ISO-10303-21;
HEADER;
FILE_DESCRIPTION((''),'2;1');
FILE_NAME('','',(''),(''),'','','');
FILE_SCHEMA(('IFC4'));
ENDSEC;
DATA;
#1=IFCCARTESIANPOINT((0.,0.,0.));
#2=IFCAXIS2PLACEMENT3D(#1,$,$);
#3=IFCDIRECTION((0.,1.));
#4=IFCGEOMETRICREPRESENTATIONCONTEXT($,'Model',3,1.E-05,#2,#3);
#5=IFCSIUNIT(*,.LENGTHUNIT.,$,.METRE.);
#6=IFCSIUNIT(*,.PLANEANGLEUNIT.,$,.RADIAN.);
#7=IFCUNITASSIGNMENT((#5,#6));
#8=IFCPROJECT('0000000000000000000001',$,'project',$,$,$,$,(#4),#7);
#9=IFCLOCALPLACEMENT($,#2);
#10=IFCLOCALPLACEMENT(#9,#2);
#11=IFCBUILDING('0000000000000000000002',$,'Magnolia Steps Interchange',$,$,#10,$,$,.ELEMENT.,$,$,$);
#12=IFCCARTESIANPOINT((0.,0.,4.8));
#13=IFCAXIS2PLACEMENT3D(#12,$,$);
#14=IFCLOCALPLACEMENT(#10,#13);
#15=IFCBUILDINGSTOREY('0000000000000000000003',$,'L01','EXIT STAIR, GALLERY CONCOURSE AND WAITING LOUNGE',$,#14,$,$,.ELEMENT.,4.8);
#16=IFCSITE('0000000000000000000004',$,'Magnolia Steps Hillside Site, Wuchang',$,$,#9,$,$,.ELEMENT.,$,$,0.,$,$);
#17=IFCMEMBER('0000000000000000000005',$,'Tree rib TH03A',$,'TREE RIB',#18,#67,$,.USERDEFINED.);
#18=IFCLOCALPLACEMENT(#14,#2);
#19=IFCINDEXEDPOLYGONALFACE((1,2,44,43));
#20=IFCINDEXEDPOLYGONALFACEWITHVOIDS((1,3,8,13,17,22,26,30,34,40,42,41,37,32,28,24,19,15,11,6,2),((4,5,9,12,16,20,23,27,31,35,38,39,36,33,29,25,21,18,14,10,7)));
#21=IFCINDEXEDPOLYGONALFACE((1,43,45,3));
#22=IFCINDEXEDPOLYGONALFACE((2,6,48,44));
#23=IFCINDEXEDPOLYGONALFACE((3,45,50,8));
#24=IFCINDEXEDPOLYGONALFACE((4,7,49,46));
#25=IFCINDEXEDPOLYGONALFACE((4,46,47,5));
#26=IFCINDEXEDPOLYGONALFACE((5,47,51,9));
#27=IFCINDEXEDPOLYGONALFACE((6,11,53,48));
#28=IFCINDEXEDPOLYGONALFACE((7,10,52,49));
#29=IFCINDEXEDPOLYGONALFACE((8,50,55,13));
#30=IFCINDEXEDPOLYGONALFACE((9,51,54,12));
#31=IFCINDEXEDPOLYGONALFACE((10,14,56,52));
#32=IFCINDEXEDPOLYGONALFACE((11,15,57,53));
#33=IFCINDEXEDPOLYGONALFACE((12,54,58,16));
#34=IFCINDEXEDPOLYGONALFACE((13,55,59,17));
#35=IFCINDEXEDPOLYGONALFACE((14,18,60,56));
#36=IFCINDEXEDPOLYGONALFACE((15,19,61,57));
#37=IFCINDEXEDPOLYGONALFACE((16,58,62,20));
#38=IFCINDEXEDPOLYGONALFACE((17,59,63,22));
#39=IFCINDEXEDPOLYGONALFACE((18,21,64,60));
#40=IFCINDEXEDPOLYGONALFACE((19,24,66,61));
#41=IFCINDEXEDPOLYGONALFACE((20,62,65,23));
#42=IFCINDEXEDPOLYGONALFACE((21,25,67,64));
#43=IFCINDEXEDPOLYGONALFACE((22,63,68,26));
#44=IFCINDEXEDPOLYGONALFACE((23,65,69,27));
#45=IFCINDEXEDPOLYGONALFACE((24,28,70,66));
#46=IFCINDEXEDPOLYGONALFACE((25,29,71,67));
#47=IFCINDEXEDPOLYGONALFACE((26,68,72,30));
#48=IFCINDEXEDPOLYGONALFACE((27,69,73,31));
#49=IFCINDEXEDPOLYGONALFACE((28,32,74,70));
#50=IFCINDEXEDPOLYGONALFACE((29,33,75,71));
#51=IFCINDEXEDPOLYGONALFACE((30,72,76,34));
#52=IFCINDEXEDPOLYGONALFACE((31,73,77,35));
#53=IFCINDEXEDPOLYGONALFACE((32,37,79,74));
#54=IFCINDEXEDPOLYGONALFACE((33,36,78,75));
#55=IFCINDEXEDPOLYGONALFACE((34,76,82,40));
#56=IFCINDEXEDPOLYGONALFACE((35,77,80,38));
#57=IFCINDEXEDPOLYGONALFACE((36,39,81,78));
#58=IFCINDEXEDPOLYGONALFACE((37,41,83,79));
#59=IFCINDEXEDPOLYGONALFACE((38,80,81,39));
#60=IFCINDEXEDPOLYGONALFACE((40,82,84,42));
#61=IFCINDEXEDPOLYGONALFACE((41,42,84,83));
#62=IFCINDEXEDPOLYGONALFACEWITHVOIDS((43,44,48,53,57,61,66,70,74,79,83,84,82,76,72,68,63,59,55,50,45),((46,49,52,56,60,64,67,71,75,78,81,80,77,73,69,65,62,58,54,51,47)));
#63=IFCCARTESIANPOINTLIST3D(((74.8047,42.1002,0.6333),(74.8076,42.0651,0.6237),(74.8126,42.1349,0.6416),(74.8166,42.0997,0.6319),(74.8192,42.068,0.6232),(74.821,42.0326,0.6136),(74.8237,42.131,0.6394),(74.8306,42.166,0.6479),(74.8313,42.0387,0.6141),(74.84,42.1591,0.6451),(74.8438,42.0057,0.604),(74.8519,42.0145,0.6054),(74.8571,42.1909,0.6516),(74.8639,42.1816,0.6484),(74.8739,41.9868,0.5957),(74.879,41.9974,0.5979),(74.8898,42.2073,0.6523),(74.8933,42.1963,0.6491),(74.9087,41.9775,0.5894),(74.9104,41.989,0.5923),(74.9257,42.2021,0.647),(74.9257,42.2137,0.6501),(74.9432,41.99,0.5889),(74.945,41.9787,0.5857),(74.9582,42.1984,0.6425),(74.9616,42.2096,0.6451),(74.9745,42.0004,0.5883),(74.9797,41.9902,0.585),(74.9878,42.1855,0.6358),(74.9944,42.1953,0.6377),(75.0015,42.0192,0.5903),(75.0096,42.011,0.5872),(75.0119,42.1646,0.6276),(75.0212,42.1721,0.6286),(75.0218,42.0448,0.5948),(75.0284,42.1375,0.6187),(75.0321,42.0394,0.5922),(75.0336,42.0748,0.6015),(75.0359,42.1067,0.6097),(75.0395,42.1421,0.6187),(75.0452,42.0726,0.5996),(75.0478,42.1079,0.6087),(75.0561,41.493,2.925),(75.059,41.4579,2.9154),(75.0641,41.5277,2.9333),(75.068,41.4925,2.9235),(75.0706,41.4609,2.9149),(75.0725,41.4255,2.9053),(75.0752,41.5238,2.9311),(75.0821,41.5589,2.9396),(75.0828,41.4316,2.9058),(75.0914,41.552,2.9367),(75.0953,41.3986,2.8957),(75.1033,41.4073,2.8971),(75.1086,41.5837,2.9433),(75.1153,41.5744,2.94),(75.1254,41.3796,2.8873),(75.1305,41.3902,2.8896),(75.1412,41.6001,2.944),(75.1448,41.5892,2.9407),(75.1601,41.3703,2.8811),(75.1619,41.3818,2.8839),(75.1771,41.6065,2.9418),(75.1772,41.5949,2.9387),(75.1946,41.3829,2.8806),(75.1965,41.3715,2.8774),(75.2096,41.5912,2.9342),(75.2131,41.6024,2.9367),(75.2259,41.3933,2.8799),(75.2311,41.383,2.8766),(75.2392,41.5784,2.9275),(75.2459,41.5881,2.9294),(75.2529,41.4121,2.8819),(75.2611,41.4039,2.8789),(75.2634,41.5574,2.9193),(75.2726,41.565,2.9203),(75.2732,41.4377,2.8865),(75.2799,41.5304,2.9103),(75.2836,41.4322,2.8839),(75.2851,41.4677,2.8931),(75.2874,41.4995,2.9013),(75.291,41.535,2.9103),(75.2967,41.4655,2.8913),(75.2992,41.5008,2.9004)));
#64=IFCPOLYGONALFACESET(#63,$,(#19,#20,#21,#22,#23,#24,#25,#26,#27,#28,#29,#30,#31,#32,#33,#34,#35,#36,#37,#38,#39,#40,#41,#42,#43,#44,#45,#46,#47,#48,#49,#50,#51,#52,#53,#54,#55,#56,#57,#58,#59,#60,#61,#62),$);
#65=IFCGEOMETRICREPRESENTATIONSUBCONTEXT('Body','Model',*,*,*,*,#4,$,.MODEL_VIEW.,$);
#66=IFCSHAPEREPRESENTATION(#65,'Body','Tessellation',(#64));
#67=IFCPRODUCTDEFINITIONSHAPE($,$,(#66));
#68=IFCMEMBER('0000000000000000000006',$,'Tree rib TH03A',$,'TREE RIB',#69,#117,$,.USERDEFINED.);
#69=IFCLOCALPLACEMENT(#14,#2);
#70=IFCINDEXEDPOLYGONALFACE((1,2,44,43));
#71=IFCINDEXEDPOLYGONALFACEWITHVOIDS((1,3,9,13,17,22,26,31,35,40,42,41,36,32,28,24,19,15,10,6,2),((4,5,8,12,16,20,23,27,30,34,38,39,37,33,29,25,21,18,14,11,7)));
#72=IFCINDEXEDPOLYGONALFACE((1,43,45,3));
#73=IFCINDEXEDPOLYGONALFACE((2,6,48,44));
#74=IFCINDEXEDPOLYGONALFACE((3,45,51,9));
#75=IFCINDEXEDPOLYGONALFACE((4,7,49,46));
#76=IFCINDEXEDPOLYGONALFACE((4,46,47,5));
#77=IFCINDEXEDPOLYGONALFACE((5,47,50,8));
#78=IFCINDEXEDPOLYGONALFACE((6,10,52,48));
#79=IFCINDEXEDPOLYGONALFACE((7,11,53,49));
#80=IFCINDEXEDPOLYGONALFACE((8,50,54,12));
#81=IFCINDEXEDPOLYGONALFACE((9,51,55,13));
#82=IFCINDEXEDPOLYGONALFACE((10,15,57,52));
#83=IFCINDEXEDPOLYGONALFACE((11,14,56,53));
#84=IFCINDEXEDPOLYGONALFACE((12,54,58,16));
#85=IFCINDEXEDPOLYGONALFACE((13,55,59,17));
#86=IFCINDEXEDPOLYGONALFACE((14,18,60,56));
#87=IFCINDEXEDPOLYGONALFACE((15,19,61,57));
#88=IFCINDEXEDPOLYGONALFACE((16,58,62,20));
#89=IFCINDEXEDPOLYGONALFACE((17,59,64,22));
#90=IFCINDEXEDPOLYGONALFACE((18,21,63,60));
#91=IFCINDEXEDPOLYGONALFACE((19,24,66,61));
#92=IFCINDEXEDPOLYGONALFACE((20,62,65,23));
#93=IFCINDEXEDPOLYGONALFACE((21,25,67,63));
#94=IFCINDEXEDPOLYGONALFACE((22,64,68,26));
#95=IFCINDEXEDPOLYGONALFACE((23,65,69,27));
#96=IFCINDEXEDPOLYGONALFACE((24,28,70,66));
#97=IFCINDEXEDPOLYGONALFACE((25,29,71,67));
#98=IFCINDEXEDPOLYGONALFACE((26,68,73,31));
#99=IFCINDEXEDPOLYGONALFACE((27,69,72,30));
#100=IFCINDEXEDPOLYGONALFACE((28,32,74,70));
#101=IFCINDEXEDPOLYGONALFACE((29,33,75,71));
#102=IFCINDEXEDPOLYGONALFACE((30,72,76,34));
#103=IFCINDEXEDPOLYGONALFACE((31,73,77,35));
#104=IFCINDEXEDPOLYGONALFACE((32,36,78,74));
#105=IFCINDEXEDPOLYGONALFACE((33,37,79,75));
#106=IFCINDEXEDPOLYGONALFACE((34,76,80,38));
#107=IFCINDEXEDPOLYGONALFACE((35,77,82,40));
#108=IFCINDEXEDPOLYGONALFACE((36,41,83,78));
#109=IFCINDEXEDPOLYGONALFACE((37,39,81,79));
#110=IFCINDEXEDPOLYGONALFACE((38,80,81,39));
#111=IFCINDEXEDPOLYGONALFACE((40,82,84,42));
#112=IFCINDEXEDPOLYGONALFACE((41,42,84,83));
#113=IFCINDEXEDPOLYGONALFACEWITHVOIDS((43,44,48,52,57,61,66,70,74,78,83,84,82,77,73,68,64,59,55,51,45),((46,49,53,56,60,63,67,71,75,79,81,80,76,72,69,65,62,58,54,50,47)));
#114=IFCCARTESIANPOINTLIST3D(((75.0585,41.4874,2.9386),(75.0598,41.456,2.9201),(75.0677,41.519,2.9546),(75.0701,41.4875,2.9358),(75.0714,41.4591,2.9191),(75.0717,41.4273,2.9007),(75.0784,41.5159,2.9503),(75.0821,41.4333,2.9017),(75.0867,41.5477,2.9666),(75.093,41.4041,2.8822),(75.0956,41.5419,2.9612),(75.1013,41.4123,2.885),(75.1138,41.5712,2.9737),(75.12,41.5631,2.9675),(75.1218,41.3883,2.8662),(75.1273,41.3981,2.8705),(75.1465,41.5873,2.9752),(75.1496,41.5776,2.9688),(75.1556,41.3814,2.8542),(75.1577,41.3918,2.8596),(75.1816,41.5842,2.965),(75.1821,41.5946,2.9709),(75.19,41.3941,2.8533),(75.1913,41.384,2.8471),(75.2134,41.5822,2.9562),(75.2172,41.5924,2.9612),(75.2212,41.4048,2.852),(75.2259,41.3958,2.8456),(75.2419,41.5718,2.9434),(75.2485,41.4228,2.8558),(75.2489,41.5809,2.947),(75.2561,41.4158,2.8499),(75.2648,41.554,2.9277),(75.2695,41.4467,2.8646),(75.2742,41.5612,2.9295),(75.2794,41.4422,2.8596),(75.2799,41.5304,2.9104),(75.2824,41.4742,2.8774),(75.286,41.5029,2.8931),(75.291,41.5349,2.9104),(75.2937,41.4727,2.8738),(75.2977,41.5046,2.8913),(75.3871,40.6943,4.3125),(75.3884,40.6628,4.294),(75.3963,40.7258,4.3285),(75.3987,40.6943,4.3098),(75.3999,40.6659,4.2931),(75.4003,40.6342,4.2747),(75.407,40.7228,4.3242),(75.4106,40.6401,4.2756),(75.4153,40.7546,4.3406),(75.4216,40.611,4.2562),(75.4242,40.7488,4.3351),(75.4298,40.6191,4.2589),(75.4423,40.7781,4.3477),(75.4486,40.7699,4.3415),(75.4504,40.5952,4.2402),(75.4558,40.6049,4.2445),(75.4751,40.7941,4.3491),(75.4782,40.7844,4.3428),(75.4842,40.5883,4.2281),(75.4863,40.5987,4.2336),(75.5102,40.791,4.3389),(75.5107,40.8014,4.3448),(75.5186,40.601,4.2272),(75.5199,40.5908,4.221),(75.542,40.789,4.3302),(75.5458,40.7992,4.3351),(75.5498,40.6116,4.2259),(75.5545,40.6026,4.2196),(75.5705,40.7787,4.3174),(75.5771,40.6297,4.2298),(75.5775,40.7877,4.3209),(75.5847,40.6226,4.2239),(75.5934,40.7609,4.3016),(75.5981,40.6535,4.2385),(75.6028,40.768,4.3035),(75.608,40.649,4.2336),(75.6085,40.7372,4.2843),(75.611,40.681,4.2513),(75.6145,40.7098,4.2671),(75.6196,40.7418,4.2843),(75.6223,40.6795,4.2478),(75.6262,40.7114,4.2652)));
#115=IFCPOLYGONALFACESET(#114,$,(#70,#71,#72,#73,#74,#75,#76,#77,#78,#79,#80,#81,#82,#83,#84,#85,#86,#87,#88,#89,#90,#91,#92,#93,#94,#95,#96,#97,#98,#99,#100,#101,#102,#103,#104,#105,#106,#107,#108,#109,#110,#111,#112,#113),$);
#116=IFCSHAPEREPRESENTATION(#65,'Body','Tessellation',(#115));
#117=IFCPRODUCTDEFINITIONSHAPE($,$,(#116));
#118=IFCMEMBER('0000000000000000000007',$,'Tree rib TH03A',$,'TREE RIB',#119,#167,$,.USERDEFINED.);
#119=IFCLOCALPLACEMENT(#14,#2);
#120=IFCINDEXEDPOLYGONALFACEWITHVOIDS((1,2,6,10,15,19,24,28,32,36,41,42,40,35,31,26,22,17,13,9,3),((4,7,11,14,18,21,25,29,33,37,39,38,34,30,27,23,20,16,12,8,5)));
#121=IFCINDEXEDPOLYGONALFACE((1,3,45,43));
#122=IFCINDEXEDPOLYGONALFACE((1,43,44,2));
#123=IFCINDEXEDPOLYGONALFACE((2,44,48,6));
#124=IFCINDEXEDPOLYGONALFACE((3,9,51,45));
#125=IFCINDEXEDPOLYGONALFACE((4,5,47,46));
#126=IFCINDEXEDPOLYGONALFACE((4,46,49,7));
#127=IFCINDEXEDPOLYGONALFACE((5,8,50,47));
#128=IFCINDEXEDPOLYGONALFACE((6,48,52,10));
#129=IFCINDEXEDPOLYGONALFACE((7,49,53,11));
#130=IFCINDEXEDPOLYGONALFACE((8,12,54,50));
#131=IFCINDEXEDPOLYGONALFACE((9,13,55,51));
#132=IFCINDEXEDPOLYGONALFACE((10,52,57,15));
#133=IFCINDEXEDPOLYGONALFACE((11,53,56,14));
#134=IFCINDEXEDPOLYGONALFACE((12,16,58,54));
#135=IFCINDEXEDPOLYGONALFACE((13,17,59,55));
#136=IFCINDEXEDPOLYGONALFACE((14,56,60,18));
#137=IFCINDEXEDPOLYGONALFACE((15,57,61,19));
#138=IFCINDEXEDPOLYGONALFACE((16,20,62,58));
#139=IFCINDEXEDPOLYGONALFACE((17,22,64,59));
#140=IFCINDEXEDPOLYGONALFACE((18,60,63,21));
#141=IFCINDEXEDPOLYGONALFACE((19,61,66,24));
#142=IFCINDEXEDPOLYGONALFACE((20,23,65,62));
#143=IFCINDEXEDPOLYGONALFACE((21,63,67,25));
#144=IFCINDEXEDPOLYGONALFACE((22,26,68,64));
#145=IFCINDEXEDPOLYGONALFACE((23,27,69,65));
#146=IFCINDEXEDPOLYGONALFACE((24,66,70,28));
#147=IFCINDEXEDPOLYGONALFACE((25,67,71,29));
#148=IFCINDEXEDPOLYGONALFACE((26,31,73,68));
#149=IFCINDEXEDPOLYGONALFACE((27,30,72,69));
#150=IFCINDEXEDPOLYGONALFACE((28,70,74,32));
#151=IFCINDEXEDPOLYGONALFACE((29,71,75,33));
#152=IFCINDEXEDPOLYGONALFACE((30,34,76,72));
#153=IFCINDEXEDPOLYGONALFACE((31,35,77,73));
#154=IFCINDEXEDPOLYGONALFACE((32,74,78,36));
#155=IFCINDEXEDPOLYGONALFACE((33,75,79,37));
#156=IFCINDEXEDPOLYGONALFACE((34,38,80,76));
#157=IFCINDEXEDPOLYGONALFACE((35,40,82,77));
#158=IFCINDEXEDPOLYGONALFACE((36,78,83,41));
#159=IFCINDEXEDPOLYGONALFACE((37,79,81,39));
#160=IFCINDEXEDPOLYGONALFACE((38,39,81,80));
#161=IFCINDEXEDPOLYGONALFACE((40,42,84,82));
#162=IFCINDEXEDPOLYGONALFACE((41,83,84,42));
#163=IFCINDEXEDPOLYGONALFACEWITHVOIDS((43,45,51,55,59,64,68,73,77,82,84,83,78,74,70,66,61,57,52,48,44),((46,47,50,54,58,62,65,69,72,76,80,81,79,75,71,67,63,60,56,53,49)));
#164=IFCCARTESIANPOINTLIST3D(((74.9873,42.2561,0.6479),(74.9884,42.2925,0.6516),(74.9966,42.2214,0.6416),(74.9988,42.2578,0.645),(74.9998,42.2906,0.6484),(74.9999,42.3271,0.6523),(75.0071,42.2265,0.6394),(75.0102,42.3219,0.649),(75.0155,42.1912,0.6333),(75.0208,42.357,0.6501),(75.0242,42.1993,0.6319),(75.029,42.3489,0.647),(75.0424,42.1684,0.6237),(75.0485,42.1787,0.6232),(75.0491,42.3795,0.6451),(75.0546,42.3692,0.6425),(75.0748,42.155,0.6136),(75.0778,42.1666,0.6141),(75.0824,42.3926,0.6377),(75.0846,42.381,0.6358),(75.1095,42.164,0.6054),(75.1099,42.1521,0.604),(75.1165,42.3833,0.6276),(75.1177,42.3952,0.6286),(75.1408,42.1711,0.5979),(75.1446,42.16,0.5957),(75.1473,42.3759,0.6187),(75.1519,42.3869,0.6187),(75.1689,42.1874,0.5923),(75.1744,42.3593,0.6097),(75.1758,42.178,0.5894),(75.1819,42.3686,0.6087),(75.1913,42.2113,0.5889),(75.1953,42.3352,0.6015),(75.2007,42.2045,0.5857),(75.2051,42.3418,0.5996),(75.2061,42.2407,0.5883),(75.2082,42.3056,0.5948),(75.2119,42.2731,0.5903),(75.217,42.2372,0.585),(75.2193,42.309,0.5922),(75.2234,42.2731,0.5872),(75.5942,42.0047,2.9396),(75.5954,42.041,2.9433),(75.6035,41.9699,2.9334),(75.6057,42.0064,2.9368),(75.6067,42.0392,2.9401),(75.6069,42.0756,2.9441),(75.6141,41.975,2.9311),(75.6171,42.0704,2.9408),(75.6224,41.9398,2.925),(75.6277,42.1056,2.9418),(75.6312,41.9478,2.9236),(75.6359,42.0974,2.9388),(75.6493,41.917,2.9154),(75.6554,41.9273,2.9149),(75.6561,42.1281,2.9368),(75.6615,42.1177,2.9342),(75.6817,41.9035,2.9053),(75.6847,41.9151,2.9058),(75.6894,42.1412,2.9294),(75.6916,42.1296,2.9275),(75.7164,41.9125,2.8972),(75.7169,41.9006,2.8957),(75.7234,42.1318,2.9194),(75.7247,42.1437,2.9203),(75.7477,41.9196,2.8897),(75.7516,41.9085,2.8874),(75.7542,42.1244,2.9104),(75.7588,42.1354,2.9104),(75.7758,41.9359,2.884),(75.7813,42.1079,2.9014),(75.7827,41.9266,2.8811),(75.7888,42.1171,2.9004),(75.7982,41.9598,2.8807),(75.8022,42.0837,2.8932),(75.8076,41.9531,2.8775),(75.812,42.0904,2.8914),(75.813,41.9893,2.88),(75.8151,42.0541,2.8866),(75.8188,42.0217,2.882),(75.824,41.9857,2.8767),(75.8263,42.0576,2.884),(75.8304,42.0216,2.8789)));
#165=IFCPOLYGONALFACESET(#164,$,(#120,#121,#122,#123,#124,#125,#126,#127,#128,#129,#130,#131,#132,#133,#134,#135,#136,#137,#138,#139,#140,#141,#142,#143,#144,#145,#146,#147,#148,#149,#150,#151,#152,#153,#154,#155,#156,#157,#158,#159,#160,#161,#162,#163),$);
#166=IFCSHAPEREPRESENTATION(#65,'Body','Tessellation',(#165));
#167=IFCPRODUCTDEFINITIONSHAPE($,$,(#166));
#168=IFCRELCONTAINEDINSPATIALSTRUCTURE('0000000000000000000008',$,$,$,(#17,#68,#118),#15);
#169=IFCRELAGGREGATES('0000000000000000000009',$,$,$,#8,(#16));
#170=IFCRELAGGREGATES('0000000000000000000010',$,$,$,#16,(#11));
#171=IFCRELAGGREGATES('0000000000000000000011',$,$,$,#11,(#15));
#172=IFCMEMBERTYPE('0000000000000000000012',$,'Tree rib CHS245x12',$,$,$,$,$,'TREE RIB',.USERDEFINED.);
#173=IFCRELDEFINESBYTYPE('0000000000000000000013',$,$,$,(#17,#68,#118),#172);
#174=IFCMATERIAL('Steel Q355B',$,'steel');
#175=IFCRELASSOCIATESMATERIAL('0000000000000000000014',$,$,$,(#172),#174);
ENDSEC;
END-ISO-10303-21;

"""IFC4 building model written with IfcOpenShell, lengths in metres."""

from ifc_helpers import new_model, si_unit, direction, frame, origin, origin_2d, place, context, subcontext, project, spatial, hollow_circle, extrude, material, material_profile, profile_set, type_object, element, save


model = new_model("IFC4")

# Units and contexts
model_context = context("Model", 3, precision=1e-05, world=origin(), true_north=direction((0.0, 1.0)))
body_context = subcontext(model_context, "Body", "Model", "MODEL_VIEW")
ifc_project = project(units=[si_unit("LENGTHUNIT", "METRE"), si_unit("PLANEANGLEUNIT", "RADIAN")], contexts=[model_context])

# Site, building, storey
site_placement = place(None, origin())
site = spatial("IfcSite", under=ifc_project, at=site_placement, Name="Magnolia Steps Hillside Site, Wuchang", CompositionType="ELEMENT", RefElevation=0.0)
building_placement = place(site_placement, origin())
building = spatial("IfcBuilding", under=site, at=building_placement, Name="Magnolia Steps Interchange", CompositionType="ELEMENT")
storey_placement = place(building_placement, frame((0.0, 0.0, 4.8)))
storey = spatial("IfcBuildingStorey", under=building, at=storey_placement, Name="L01", Description="EXIT STAIR, GALLERY CONCOURSE AND WAITING LOUNGE", CompositionType="ELEMENT", Elevation=4.8)

# Members
ifc_material_1 = material(Name="Steel Q355B", Category="steel")
ifc_material_profile_1 = material_profile(ifc_material_1, hollow_circle(Radius=0.1226, WallThickness=0.012, at=origin_2d()), Name="CHS245x12")
ifc_profile_set_1 = profile_set([ifc_material_profile_1], Name="Steel Q355B")
member_type_1 = type_object("IfcMemberType", Name="Tree rib CHS245x12", ElementType="TREE RIB", PredefinedType="USERDEFINED", material=ifc_profile_set_1)
member_1_placement = place(storey_placement, frame((74.9263, 42.0952, 0.6187), z_axis=(0.105475, -0.254676, 0.961257), x_axis=(0.923899, 0.382636, 0.0)))
element("IfcMember", 1, at=member_1_placement, inside=storey, type_object=member_type_1, Name="Tree rib TH03A", ObjectType="TREE RIB", PredefinedType="USERDEFINED", context=body_context, shape_type="SweptSolid", body=[
    extrude(hollow_circle(Radius=0.1226, WallThickness=0.012, at=origin_2d()), origin(), (0.0, 0.0, 1.0), 2.384),
])
member_2_placement = place(storey_placement, frame((75.1777, 41.488, 2.9104), z_axis=(0.20282, -0.489571, 0.848047), x_axis=(0.923857, 0.382737, 0.0)))
element("IfcMember", 2, at=member_2_placement, inside=storey, type_object=member_type_1, Name="Tree rib TH03A", ObjectType="TREE RIB", PredefinedType="USERDEFINED", context=body_context, shape_type="SweptSolid", body=[
    extrude(hollow_circle(Radius=0.1226, WallThickness=0.012, at=origin_2d()), origin(), (0.0, 0.0, 1.0), 1.6201),
])
member_3_placement = place(storey_placement, frame((75.105, 42.2737, 0.6187), z_axis=(0.254581, -0.105478, 0.961282), x_axis=(0.382768, 0.923845, 0.0)))
element("IfcMember", 3, at=member_3_placement, inside=storey, type_object=member_type_1, Name="Tree rib TH03A", ObjectType="TREE RIB", PredefinedType="USERDEFINED", context=body_context, shape_type="SweptSolid", body=[
    extrude(hollow_circle(Radius=0.1226, WallThickness=0.012, at=origin_2d()), origin(), (0.0, 0.0, 1.0), 2.384),
])

save(model, "model.ifc")
